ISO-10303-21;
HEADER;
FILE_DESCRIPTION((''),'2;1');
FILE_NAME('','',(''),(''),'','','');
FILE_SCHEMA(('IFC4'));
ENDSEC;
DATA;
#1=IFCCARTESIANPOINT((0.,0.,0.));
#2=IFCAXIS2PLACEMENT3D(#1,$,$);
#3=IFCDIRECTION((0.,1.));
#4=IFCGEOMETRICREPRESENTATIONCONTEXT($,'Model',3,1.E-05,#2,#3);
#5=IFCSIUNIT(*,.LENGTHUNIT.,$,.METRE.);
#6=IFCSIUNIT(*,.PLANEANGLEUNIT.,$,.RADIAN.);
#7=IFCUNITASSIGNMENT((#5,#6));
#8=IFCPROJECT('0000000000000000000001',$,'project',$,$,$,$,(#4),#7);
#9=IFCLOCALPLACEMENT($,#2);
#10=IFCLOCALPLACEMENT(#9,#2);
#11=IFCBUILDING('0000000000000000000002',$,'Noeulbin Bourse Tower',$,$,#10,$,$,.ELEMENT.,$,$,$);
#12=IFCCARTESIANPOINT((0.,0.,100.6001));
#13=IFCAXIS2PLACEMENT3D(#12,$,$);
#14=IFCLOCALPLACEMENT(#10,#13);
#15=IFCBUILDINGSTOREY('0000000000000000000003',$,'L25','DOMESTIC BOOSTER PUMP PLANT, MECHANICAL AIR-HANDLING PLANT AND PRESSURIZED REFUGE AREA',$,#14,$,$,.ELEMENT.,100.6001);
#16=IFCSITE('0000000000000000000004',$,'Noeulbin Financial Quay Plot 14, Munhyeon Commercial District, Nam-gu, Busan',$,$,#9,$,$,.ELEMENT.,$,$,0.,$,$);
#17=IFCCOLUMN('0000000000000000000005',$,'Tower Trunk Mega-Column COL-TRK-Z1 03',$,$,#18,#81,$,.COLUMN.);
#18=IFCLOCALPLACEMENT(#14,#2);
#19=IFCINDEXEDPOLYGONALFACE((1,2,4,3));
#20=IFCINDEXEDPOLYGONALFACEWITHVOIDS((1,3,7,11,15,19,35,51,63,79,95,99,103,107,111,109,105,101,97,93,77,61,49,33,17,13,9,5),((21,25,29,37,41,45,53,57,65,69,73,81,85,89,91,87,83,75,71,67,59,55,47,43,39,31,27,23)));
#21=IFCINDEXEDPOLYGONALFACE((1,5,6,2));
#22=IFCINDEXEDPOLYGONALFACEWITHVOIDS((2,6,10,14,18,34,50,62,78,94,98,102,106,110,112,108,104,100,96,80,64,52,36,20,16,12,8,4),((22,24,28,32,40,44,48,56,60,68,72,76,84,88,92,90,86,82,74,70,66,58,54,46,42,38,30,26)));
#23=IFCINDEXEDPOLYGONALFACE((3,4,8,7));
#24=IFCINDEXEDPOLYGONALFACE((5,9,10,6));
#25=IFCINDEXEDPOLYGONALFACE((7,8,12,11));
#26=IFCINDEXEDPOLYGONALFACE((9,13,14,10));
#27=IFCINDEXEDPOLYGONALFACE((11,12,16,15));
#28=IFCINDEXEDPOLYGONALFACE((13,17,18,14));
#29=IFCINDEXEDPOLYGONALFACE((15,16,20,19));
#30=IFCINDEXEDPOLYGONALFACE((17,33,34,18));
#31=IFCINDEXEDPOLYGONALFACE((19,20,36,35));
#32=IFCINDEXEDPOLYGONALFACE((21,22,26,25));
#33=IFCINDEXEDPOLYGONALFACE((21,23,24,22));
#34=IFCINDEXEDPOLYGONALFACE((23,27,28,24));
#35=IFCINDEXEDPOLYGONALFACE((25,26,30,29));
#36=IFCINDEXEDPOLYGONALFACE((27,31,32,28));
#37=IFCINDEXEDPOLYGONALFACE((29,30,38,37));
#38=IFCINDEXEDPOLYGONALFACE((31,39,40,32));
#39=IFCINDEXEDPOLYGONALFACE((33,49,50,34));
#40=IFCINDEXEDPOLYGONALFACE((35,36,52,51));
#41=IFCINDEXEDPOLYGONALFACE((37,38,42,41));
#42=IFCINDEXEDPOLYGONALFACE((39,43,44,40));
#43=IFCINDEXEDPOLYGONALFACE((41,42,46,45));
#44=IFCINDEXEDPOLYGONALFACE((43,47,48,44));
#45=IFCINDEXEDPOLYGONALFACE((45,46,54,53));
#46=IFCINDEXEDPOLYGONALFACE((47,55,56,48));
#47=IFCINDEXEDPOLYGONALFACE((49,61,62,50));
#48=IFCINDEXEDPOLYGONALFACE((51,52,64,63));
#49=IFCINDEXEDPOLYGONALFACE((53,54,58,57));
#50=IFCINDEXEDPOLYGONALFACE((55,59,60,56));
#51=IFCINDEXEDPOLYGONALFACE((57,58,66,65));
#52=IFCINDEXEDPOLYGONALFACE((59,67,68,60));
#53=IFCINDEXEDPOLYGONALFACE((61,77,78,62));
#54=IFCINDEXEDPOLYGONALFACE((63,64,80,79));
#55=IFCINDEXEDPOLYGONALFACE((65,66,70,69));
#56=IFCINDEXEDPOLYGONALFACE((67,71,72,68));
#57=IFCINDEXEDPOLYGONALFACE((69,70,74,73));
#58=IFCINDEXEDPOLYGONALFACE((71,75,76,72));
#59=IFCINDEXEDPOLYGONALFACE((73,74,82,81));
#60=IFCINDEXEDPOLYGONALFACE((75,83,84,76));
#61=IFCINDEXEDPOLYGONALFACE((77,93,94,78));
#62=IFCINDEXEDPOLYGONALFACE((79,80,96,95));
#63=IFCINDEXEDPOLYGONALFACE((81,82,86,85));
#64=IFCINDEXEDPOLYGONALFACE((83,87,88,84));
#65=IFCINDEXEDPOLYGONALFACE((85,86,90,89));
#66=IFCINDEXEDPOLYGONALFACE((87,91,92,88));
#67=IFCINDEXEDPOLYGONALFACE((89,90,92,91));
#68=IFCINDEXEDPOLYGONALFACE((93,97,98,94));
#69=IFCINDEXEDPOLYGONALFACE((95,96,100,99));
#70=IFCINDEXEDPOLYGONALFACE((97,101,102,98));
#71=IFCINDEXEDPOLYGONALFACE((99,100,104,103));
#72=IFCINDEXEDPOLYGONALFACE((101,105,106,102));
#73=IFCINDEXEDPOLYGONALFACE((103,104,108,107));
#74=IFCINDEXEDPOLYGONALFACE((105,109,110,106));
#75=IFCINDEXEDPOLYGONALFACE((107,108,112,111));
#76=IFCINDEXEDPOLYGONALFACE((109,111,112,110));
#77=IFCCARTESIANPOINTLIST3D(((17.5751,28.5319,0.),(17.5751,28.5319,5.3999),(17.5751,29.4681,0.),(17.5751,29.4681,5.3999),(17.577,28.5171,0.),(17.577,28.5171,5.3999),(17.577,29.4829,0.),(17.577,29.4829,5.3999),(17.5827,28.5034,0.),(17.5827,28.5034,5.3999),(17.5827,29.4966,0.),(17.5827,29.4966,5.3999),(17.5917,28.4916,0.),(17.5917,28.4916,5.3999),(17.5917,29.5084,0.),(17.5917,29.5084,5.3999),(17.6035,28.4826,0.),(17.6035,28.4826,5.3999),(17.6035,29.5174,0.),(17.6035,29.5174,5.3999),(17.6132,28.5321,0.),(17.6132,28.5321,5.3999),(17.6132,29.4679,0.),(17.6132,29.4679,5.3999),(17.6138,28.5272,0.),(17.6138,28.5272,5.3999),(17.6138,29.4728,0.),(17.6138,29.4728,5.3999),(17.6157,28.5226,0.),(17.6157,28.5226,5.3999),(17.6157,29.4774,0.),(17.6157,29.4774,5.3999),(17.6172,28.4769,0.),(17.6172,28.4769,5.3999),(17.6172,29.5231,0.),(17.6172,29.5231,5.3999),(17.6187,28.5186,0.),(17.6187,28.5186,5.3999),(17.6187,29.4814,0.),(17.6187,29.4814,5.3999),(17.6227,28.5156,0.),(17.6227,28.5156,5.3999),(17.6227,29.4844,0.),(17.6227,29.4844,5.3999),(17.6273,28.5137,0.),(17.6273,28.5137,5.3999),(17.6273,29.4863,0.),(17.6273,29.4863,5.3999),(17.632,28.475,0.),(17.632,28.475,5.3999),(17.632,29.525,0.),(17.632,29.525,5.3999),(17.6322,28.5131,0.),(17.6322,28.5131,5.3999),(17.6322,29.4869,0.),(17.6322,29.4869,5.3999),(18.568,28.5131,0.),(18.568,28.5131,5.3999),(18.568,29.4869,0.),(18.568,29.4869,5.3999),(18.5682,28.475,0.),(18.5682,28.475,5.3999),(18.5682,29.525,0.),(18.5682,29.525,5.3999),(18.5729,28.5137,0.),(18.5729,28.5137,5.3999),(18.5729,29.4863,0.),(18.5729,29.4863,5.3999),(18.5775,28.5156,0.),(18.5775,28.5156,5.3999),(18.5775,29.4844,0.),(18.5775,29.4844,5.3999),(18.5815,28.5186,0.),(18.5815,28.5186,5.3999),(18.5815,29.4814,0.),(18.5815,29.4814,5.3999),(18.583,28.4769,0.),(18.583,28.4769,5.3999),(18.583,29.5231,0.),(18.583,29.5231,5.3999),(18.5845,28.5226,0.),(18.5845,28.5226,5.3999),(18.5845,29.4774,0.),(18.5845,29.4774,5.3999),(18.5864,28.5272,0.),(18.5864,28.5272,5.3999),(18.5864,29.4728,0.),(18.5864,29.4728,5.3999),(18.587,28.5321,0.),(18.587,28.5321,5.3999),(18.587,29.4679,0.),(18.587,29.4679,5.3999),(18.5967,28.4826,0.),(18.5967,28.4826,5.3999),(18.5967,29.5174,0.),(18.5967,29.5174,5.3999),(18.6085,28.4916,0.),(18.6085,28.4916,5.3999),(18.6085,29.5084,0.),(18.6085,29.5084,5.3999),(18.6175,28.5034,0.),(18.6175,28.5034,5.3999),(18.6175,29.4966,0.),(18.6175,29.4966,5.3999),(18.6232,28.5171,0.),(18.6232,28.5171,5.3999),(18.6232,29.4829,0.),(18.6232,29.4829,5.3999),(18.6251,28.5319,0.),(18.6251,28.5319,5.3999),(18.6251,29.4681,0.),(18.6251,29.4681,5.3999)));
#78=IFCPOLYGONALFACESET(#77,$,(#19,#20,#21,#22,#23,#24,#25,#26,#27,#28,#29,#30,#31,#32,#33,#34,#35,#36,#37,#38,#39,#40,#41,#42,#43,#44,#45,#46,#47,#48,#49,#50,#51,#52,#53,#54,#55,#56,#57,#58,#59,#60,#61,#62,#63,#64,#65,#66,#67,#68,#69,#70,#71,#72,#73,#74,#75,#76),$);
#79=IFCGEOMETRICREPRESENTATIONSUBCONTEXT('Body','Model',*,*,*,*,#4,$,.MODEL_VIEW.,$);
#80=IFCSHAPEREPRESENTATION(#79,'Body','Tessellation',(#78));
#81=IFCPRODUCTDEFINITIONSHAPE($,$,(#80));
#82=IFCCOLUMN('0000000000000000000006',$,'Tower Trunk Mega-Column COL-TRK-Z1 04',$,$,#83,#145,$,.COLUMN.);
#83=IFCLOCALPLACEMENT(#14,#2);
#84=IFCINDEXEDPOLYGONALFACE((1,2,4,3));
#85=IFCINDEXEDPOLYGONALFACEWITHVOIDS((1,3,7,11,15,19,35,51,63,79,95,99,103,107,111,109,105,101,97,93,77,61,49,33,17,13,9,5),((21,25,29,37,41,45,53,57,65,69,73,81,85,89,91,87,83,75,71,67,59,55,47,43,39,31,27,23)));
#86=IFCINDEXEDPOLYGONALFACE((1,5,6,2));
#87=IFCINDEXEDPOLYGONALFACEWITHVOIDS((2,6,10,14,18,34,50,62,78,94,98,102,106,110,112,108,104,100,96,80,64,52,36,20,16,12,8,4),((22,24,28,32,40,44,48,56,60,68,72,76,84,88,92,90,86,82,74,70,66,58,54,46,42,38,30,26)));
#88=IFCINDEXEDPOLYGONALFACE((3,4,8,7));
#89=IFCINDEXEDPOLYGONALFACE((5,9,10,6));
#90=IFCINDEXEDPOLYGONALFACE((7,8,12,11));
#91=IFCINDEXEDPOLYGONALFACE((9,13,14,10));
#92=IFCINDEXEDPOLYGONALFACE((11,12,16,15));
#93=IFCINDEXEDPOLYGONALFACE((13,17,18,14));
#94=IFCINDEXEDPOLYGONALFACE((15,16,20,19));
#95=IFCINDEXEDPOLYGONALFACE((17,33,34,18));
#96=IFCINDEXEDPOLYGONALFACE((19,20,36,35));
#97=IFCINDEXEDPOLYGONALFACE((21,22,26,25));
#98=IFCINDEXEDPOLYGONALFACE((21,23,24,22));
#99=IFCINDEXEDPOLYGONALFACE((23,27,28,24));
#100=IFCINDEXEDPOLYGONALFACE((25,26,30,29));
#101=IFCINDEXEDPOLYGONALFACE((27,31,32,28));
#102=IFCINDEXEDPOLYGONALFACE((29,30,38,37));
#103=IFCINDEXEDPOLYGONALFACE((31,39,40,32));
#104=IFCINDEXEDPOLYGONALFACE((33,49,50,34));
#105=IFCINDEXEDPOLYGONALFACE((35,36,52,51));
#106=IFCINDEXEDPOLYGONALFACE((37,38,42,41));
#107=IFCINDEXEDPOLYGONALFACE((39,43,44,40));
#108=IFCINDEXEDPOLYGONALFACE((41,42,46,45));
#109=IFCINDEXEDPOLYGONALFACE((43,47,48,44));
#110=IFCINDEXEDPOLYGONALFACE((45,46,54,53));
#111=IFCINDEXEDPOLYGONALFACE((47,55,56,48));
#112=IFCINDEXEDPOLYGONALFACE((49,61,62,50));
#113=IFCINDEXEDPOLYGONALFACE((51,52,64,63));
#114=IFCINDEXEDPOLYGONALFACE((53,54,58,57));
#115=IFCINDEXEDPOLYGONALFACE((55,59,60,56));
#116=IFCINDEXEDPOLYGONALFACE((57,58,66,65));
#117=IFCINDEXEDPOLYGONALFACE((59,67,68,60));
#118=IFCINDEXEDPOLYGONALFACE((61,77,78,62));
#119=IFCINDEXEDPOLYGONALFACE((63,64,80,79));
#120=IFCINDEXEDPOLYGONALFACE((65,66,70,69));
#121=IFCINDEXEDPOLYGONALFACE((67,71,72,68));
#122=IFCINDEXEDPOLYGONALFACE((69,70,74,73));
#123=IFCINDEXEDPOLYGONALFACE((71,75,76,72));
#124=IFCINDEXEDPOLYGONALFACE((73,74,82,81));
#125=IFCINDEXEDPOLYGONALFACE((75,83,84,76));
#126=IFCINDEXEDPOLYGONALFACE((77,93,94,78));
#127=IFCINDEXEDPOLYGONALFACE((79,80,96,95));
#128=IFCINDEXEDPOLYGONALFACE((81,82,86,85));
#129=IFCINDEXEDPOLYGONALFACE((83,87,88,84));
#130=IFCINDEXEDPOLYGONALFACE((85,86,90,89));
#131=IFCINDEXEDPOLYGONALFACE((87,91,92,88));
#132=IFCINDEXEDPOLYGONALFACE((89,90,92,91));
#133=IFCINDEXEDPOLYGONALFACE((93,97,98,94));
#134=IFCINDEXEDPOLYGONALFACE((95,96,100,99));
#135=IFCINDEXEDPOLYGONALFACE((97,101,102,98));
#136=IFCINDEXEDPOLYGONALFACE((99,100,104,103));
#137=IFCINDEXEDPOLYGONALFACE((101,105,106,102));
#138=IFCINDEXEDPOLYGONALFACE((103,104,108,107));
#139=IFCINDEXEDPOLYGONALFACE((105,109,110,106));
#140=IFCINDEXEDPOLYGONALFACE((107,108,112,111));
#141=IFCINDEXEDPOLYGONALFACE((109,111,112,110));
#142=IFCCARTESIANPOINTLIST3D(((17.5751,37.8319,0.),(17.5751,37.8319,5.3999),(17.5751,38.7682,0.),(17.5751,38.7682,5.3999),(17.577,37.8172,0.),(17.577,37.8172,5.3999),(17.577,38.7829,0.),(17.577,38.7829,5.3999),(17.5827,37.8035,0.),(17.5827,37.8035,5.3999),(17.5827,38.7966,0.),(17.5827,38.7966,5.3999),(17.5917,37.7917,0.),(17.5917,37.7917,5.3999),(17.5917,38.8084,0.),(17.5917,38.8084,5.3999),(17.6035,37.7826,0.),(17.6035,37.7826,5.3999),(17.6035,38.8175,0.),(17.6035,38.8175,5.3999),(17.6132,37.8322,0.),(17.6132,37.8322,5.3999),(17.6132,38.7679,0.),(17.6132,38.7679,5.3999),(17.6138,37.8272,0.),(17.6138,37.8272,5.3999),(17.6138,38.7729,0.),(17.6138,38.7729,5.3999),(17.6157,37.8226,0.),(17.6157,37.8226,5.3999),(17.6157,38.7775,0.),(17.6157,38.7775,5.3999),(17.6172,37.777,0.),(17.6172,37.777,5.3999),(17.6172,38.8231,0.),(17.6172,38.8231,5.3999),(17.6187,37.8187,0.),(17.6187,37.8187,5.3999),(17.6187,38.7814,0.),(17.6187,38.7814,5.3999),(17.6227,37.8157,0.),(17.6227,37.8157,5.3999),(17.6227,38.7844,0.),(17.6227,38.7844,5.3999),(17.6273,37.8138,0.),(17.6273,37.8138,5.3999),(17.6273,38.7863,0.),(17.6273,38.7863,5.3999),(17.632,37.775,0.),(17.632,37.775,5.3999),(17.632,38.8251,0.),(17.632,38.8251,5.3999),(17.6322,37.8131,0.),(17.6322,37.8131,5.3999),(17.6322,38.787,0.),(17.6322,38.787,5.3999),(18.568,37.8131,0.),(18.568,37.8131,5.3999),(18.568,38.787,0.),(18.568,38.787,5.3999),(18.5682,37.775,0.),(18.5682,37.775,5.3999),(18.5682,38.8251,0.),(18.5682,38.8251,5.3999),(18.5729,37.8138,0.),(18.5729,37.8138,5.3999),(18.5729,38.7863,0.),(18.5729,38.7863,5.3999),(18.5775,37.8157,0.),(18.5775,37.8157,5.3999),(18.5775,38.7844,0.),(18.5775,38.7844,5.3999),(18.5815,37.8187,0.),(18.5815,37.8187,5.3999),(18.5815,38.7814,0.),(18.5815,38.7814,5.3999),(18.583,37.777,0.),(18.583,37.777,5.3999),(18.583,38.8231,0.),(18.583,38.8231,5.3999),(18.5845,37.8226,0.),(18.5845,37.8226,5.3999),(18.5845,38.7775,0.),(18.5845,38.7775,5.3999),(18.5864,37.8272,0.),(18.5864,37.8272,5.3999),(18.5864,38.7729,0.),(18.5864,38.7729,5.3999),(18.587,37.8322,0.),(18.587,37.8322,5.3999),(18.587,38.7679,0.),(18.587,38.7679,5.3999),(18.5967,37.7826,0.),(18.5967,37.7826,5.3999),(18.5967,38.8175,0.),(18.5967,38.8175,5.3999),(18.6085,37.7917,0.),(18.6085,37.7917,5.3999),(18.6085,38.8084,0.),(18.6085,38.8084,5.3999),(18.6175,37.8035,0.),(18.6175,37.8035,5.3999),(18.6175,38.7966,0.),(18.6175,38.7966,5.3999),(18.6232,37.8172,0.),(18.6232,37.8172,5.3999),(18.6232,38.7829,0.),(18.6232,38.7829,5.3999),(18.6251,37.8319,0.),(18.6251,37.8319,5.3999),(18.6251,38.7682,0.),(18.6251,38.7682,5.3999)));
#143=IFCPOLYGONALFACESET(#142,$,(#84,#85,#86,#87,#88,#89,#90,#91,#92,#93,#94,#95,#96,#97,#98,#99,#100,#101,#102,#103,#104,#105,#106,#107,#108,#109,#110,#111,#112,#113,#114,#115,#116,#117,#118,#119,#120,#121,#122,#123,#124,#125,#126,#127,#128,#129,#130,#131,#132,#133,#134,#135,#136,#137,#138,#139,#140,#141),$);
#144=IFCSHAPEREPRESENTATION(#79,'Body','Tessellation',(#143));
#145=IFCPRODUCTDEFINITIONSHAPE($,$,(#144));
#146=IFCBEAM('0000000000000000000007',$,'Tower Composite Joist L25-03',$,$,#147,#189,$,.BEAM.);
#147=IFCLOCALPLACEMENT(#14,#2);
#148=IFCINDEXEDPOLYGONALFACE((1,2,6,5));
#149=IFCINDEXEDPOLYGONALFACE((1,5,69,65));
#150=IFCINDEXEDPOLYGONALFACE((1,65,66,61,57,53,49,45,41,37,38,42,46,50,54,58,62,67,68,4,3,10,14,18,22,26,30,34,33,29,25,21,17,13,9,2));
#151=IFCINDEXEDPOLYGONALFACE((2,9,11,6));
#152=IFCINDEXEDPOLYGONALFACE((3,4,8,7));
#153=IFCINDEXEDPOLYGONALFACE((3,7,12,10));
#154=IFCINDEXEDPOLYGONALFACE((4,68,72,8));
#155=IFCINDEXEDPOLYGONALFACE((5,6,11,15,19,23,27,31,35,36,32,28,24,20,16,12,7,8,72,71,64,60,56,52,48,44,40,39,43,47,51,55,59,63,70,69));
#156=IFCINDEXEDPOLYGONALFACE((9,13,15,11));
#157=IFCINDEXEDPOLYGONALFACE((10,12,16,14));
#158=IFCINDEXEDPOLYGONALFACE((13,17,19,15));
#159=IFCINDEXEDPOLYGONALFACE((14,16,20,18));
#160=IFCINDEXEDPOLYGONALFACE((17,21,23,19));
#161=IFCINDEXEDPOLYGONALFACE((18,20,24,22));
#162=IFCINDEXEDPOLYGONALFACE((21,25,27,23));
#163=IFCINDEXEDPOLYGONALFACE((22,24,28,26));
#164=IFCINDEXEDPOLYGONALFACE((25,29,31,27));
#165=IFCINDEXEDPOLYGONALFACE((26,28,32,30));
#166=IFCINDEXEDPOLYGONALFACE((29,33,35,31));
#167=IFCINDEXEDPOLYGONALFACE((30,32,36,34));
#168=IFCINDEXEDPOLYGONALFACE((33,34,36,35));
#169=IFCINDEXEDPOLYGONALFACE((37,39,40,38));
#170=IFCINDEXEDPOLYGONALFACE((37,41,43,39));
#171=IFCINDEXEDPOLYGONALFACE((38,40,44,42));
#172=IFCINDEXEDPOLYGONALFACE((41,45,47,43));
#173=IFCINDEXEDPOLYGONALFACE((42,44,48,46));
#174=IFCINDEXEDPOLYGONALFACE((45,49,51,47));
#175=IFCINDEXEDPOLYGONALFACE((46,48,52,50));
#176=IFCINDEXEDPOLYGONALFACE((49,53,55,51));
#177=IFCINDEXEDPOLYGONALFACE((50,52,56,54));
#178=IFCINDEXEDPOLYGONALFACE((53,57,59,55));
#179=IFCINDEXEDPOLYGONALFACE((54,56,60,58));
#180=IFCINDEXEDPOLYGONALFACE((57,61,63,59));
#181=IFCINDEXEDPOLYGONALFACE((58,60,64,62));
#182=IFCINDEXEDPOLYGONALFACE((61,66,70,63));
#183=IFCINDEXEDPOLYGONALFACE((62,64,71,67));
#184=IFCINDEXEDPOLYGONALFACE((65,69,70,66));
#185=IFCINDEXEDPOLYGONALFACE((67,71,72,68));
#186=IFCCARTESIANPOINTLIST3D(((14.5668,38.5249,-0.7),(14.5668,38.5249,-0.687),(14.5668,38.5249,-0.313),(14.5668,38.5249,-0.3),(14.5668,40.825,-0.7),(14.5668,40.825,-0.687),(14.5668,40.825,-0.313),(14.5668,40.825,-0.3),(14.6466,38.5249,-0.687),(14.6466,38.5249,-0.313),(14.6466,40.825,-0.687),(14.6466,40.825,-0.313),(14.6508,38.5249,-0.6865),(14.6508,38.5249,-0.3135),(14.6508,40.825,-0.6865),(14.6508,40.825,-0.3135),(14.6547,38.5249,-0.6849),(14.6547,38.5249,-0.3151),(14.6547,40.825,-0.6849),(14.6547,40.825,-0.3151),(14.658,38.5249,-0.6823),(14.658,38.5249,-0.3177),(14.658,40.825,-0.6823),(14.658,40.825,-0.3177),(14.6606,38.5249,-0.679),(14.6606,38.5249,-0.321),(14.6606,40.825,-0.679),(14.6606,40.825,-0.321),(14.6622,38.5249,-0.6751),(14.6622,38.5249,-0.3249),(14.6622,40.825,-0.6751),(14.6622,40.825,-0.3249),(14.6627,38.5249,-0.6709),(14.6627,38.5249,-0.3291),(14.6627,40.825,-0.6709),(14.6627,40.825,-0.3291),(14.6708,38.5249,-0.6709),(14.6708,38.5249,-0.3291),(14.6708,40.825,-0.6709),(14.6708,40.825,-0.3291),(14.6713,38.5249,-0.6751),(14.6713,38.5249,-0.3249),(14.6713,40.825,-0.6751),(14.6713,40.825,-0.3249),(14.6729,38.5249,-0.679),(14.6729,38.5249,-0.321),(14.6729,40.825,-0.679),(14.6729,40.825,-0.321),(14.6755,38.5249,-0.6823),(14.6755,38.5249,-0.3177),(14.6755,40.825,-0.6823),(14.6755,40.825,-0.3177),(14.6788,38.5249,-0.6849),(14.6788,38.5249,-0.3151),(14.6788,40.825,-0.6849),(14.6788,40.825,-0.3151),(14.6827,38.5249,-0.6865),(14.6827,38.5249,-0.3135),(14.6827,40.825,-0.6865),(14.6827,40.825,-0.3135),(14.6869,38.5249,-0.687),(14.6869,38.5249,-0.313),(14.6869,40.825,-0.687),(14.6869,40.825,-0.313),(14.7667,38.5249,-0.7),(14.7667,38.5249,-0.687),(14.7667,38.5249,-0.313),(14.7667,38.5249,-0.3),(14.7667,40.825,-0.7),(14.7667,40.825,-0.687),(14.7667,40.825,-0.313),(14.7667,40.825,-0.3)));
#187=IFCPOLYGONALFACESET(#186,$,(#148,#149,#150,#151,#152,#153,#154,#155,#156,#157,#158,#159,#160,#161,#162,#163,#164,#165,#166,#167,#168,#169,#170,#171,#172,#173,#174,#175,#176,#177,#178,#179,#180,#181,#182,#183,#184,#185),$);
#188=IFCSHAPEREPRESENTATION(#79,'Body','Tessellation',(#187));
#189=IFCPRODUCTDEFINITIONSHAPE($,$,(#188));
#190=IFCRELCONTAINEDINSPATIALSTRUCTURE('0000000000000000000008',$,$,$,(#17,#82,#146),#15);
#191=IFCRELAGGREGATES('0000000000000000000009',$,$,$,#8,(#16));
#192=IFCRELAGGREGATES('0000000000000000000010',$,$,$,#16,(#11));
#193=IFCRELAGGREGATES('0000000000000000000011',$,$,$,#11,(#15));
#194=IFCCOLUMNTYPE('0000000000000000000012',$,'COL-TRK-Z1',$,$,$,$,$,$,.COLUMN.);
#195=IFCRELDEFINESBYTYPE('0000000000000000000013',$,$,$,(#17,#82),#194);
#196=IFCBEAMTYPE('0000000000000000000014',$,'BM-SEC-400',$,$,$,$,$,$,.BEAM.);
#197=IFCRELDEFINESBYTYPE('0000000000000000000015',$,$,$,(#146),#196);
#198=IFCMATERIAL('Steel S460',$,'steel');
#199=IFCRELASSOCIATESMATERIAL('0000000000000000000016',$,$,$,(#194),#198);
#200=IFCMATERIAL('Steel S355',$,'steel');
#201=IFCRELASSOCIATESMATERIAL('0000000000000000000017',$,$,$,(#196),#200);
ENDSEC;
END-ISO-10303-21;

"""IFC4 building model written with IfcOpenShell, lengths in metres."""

from ifc_helpers import new_model, si_unit, direction, frame, origin, origin_2d, place, context, subcontext, project, spatial, hollow_rectangle, i_section, extrude, material, material_profile, profile_set, type_object, element, save


model = new_model("IFC4")

# Units and contexts
model_context = context("Model", 3, precision=1e-05, world=origin(), true_north=direction((0.0, 1.0)))
body_context = subcontext(model_context, "Body", "Model", "MODEL_VIEW")
ifc_project = project(units=[si_unit("LENGTHUNIT", "METRE"), si_unit("PLANEANGLEUNIT", "RADIAN")], contexts=[model_context])

# Site, building, storey
site_placement = place(None, origin())
site = spatial("IfcSite", under=ifc_project, at=site_placement, Name="Noeulbin Financial Quay Plot 14, Munhyeon Commercial District, Nam-gu, Busan", CompositionType="ELEMENT", RefElevation=0.0)
building_placement = place(site_placement, origin())
building = spatial("IfcBuilding", under=site, at=building_placement, Name="Noeulbin Bourse Tower", CompositionType="ELEMENT")
storey_placement = place(building_placement, frame((0.0, 0.0, 100.6001)))
storey = spatial("IfcBuildingStorey", under=building, at=storey_placement, Name="L25", Description="DOMESTIC BOOSTER PUMP PLANT, MECHANICAL AIR-HANDLING PLANT AND PRESSURIZED REFUGE AREA", CompositionType="ELEMENT", Elevation=100.6001)

# Columns
ifc_material_1 = material(Name="Steel S460", Category="steel")
ifc_material_profile_1 = material_profile(ifc_material_1, hollow_rectangle(XDim=1.05, YDim=1.05, WallThickness=0.0381, InnerFilletRadius=0.019, OuterFilletRadius=0.0569, at=origin_2d()), Name="BOX-1050x1050x38", Category="LoadBearing")
ifc_profile_set_1 = profile_set([ifc_material_profile_1], Name="Steel S460")
column_type = type_object("IfcColumnType", Name="COL-TRK-Z1", PredefinedType="COLUMN", material=ifc_profile_set_1)
for number, where, z_axis, x_axis, name in (
    (1, (18.1001, 29.0, 0.0), (0.0, 0.0, 1.0), (1.0, 0.0, 0.0), "Tower Trunk Mega-Column COL-TRK-Z1 03"),
    (2, (18.1001, 38.3, 0.0), (0.0, 0.0, 1.0), (1.0, 0.0, 0.0), "Tower Trunk Mega-Column COL-TRK-Z1 04"),
):
    element("IfcColumn", number, at=place(storey_placement, frame(where, z_axis=z_axis, x_axis=x_axis)), inside=storey, type_object=column_type, Name=name, PredefinedType="COLUMN", context=body_context, shape_type="SweptSolid", body=[
        extrude(hollow_rectangle(XDim=1.05, YDim=1.05, WallThickness=0.0381, InnerFilletRadius=0.019, OuterFilletRadius=0.0569, at=origin_2d()), origin(), (0.0, 0.0, 1.0), 5.3999),
    ])

# Beam
ifc_material_2 = material(Name="Steel S355", Category="steel")
ifc_material_profile_2 = material_profile(ifc_material_2, i_section(OverallWidth=0.2, OverallDepth=0.3999, WebThickness=0.0081, FlangeThickness=0.0129, FilletRadius=0.0161, at=origin_2d()), Name="H-400x200x8x13", Category="LoadBearing")
ifc_profile_set_2 = profile_set([ifc_material_profile_2], Name="Steel S355")
beam_type = type_object("IfcBeamType", Name="BM-SEC-400", PredefinedType="BEAM", material=ifc_profile_set_2)
for number, where, z_axis, x_axis, name in (
    (3, (14.6667, 38.5249, -0.5), (0.0, 1.0, 0.0), (-1.0, 0.0, 0.0), "Tower Composite Joist L25-03"),
):
    element("IfcBeam", number, at=place(storey_placement, frame(where, z_axis=z_axis, x_axis=x_axis)), inside=storey, type_object=beam_type, Name=name, PredefinedType="BEAM", context=body_context, shape_type="SweptSolid", body=[
        extrude(i_section(OverallWidth=0.2, OverallDepth=0.3999, WebThickness=0.0081, FlangeThickness=0.0129, FilletRadius=0.0161, at=origin_2d()), origin(), (0.0, 0.0, 1.0), 2.3),
    ])

save(model, "model.ifc")
